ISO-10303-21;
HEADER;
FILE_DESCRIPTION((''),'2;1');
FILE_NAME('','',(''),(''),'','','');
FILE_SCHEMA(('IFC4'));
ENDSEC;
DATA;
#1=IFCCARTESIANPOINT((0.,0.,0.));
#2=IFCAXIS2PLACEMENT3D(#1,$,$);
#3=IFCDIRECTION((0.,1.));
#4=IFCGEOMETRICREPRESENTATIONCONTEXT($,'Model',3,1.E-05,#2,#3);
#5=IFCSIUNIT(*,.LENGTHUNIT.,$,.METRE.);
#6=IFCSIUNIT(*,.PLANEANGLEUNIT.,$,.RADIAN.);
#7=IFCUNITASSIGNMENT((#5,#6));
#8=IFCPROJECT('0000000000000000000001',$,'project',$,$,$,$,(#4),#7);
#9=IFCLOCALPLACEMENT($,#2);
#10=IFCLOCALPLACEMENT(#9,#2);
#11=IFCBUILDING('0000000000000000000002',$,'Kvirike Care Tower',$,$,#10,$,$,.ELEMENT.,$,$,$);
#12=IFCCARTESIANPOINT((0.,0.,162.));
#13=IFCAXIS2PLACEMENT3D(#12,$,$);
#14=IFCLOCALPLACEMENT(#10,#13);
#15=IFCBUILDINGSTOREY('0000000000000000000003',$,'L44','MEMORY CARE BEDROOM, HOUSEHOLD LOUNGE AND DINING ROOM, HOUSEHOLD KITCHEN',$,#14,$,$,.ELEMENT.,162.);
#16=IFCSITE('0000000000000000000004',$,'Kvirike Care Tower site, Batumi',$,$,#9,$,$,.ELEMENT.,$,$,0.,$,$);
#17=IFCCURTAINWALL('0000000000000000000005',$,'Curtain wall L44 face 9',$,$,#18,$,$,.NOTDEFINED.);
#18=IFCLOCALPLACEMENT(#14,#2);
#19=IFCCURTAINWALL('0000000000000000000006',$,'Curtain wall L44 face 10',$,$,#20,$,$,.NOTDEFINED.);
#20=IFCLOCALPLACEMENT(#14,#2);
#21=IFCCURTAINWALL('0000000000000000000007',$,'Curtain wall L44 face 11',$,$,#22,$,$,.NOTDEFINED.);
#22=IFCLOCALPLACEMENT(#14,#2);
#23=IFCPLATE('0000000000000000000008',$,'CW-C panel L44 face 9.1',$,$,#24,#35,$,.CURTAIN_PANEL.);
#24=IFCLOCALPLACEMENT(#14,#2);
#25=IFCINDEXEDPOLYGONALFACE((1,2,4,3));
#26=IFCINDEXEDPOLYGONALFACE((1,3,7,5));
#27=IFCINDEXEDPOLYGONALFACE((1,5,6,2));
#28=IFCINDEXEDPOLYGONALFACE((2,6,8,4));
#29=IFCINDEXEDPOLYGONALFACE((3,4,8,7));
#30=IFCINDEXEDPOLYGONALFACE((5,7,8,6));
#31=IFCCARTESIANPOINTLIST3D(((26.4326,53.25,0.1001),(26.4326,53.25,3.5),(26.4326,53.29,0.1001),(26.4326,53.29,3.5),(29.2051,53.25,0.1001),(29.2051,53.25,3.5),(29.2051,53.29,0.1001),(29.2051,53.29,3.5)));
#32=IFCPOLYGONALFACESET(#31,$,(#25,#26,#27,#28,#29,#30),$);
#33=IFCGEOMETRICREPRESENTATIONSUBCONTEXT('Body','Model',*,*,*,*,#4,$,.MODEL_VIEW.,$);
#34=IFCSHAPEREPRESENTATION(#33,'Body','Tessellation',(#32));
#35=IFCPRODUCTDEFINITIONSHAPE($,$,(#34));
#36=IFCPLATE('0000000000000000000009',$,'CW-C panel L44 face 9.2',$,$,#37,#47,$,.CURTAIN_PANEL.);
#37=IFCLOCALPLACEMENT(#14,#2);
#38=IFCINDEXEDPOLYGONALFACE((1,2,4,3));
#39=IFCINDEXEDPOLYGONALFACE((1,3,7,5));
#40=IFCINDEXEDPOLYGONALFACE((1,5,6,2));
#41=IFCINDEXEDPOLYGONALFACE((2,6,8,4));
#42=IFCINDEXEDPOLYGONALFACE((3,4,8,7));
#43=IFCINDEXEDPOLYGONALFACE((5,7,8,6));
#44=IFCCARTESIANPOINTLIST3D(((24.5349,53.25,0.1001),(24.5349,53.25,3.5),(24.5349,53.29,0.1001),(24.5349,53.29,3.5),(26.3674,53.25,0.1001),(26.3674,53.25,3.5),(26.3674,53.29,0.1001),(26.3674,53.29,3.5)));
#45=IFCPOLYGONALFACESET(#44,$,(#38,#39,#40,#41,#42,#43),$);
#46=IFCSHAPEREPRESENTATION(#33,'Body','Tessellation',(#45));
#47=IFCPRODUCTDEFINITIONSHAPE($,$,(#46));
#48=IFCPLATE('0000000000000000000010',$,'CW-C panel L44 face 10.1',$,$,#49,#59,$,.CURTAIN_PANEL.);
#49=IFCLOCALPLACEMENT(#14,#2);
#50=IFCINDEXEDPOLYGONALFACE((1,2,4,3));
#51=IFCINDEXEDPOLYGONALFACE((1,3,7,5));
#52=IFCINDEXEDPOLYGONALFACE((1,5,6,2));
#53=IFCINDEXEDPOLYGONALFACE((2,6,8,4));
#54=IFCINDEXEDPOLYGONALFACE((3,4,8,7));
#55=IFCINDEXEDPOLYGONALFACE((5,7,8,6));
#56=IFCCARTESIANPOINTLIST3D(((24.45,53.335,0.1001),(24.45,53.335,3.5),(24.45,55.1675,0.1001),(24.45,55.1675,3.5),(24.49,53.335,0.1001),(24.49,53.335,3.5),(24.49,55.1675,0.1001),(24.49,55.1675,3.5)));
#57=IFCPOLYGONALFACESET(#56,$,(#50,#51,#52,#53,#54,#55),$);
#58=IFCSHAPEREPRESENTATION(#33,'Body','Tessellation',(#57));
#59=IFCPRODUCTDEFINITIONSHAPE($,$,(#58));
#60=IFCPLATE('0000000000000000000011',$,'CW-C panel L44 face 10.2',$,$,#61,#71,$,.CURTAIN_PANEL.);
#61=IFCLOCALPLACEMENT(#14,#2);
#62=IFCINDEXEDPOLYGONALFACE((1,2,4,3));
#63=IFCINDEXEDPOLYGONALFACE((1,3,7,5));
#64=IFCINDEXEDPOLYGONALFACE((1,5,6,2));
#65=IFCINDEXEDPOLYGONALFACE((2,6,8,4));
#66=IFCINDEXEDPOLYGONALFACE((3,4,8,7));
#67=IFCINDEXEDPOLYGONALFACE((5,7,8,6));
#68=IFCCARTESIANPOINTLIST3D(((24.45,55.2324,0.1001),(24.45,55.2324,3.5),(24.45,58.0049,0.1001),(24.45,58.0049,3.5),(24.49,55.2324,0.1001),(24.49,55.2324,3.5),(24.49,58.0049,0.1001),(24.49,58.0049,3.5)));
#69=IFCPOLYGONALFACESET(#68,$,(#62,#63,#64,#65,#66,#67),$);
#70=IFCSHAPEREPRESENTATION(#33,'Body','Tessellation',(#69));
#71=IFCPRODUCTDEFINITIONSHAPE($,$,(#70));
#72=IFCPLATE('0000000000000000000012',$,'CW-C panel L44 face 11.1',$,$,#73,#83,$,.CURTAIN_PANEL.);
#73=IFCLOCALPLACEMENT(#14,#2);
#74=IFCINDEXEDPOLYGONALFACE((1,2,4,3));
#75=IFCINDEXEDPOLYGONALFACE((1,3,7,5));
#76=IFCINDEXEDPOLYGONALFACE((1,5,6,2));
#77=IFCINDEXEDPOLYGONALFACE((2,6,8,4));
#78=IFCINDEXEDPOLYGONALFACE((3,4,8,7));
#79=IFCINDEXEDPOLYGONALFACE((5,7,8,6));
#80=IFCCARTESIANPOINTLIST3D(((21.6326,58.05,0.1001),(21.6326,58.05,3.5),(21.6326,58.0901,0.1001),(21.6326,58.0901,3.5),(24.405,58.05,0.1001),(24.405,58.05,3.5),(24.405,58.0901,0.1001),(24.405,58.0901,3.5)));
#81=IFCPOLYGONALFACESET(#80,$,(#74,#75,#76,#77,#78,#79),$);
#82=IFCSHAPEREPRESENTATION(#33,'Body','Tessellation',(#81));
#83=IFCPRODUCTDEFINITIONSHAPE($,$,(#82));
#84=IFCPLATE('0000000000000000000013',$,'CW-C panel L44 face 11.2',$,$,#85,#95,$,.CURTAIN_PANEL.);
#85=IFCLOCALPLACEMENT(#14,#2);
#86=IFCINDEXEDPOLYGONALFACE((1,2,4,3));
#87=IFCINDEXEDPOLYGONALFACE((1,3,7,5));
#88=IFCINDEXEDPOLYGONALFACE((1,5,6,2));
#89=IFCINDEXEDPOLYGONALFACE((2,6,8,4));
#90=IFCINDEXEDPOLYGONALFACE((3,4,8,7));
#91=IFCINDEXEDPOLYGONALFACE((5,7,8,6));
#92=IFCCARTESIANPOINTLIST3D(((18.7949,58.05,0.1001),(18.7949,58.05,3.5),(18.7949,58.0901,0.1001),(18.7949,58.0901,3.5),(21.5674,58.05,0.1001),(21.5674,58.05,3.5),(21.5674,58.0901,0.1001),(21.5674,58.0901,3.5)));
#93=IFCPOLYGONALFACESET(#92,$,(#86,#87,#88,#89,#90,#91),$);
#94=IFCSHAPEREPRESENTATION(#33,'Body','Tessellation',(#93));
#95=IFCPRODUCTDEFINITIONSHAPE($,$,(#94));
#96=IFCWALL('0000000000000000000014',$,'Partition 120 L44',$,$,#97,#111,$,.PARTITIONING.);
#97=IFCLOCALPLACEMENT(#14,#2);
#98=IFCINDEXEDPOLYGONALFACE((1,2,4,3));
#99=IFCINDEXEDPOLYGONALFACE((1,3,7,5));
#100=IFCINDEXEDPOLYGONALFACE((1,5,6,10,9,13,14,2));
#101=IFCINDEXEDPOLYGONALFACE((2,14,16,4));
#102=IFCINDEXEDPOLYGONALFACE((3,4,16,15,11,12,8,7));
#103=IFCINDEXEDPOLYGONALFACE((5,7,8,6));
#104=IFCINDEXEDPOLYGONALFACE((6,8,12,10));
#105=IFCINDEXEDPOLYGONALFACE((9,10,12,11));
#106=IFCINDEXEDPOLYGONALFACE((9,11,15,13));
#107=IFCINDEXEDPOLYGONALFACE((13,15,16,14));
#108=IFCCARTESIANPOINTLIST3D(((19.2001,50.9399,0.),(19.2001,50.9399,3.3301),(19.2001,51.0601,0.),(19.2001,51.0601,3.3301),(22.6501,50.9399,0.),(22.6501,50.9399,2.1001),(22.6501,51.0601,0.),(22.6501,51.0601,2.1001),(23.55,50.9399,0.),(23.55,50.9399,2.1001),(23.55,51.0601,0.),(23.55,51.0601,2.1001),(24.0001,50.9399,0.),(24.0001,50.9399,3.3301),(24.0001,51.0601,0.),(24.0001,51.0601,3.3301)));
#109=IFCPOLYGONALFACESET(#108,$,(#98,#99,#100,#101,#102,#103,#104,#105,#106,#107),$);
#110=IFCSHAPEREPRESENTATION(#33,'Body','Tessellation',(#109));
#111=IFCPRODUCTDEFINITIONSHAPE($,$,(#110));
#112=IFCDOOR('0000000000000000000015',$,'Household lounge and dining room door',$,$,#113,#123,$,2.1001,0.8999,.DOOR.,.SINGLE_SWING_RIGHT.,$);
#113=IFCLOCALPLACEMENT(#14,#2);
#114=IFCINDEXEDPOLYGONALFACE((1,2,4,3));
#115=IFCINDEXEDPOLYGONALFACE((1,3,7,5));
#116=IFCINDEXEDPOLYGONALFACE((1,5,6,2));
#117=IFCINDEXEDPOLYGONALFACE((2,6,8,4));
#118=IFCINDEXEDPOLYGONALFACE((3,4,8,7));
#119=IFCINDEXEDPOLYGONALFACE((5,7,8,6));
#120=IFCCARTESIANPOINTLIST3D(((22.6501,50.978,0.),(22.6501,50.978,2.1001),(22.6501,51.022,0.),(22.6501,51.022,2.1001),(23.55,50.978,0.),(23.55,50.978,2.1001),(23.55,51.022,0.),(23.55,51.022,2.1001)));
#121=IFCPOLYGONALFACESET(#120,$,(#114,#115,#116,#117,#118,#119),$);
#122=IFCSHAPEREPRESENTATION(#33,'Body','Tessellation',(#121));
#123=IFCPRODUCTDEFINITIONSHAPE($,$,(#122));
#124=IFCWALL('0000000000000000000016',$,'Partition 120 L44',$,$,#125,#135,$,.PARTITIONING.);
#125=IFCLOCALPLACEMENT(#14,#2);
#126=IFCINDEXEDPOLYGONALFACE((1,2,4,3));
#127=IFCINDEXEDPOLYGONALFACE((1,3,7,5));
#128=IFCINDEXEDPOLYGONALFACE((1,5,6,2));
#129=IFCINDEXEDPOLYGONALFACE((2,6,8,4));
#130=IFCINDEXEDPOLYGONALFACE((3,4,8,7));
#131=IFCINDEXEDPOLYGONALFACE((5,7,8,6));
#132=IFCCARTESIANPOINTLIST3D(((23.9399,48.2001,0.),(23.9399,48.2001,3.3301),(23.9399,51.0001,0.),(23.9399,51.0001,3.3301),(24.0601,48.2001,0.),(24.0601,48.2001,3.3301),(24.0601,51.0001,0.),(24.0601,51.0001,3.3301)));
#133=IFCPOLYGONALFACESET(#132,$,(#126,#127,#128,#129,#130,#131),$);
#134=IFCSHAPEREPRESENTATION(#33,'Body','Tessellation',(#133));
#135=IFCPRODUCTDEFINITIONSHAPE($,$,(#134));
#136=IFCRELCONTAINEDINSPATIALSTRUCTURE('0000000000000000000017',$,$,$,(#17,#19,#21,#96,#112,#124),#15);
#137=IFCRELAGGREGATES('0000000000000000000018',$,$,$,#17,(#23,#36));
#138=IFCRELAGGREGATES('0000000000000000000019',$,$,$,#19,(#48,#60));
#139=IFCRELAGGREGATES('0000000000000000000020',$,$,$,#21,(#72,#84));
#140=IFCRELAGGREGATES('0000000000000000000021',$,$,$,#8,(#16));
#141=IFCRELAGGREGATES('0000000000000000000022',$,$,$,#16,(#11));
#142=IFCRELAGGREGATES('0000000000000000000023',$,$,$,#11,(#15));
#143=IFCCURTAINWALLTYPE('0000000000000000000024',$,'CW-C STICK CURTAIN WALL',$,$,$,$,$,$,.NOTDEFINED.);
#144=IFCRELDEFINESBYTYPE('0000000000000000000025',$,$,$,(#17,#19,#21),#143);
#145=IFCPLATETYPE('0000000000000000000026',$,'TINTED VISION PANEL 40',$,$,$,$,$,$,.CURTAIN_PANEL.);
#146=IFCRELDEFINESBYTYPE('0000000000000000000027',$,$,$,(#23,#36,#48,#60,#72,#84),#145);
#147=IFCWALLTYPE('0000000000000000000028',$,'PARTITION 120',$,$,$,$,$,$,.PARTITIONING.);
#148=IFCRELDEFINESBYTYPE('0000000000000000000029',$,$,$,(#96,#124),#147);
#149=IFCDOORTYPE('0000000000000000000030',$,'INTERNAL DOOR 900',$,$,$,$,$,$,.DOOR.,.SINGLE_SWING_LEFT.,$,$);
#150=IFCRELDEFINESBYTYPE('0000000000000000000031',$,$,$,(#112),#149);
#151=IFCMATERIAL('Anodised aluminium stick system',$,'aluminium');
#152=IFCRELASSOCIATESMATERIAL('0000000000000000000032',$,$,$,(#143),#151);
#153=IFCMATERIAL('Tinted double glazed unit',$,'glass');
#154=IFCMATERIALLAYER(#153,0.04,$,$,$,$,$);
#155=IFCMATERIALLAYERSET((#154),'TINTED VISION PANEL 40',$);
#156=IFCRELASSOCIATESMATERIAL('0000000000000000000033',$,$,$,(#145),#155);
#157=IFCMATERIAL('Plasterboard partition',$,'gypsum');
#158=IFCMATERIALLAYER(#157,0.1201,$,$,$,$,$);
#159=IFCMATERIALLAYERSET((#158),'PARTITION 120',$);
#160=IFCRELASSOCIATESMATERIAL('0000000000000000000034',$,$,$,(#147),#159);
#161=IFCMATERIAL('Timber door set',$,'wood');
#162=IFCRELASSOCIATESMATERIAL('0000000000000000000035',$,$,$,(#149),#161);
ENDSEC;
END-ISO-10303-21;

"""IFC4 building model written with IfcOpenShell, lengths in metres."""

from ifc_helpers import new_model, si_unit, direction, frame, frame_2d, origin, origin_2d, place, context, subcontext, project, spatial, rectangle, extrude, material, layer, layer_set, type_object, element, fill, aggregate, save


model = new_model("IFC4")

# Units and contexts
model_context = context("Model", 3, precision=1e-05, world=origin(), true_north=direction((0.0, 1.0)))
body_context = subcontext(model_context, "Body", "Model", "MODEL_VIEW")
ifc_project = project(units=[si_unit("LENGTHUNIT", "METRE"), si_unit("PLANEANGLEUNIT", "RADIAN")], contexts=[model_context])

# Site, building, storey
site_placement = place(None, origin())
site = spatial("IfcSite", under=ifc_project, at=site_placement, Name="Kvirike Care Tower site, Batumi", CompositionType="ELEMENT", RefElevation=0.0)
building_placement = place(site_placement, origin())
building = spatial("IfcBuilding", under=site, at=building_placement, Name="Kvirike Care Tower", CompositionType="ELEMENT")
storey_placement = place(building_placement, frame((0.0, 0.0, 162.0)))
storey = spatial("IfcBuildingStorey", under=building, at=storey_placement, Name="L44", Description="MEMORY CARE BEDROOM, HOUSEHOLD LOUNGE AND DINING ROOM, HOUSEHOLD KITCHEN", CompositionType="ELEMENT", Elevation=162.0)

# Curtain walls
ifc_material_1 = material(Name="Anodised aluminium stick system", Category="aluminium")
curtain_wall_type = type_object("IfcCurtainWallType", Name="CW-C STICK CURTAIN WALL", PredefinedType="NOTDEFINED", material=ifc_material_1)
curtain_wall_1_placement = place(storey_placement, origin())
curtain_wall_1 = element("IfcCurtainWall", 1, at=curtain_wall_1_placement, inside=storey, type_object=curtain_wall_type, Name="Curtain wall L44 face 9", PredefinedType="NOTDEFINED")
curtain_wall_2_placement = place(storey_placement, origin())
curtain_wall_2 = element("IfcCurtainWall", 2, at=curtain_wall_2_placement, inside=storey, type_object=curtain_wall_type, Name="Curtain wall L44 face 10", PredefinedType="NOTDEFINED")
curtain_wall_3_placement = place(storey_placement, origin())
curtain_wall_3 = element("IfcCurtainWall", 3, at=curtain_wall_3_placement, inside=storey, type_object=curtain_wall_type, Name="Curtain wall L44 face 11", PredefinedType="NOTDEFINED")

# Plates
ifc_material_2 = material(Name="Tinted double glazed unit", Category="glass")
ifc_layer_1 = layer(ifc_material_2, 0.04)
ifc_layer_set_1 = layer_set([ifc_layer_1], Name="TINTED VISION PANEL 40")
plate_type = type_object("IfcPlateType", Name="TINTED VISION PANEL 40", PredefinedType="CURTAIN_PANEL", material=ifc_layer_set_1)
plate_1_placement = place(storey_placement, frame((27.8188, 53.27, 0.1001), z_axis=(0.0, 0.0, 1.0), x_axis=(-1.0, 0.0, 0.0)))
plate_1 = element("IfcPlate", 4, at=plate_1_placement, type_object=plate_type, Name="CW-C panel L44 face 9.1", PredefinedType="CURTAIN_PANEL", context=body_context, shape_type="SweptSolid", body=[
    extrude(rectangle(XDim=2.7725, YDim=0.04, at=origin_2d()), origin(), (0.0, 0.0, 1.0), 3.3999),
])
plate_2_placement = place(storey_placement, frame((25.4512, 53.27, 0.1001), z_axis=(0.0, 0.0, 1.0), x_axis=(-1.0, 0.0, 0.0)))
plate_2 = element("IfcPlate", 5, at=plate_2_placement, type_object=plate_type, Name="CW-C panel L44 face 9.2", PredefinedType="CURTAIN_PANEL", context=body_context, shape_type="SweptSolid", body=[
    extrude(rectangle(XDim=1.8325, YDim=0.04, at=origin_2d()), origin(), (0.0, 0.0, 1.0), 3.3999),
])
aggregate(curtain_wall_1, [plate_1, plate_2])
plate_3_placement = place(storey_placement, frame((24.47, 54.2512, 0.1001), z_axis=(0.0, 0.0, 1.0), x_axis=(0.0, 1.0, 0.0)))
plate_3 = element("IfcPlate", 6, at=plate_3_placement, type_object=plate_type, Name="CW-C panel L44 face 10.1", PredefinedType="CURTAIN_PANEL", context=body_context, shape_type="SweptSolid", body=[
    extrude(rectangle(XDim=1.8325, YDim=0.04, at=origin_2d()), origin(), (0.0, 0.0, 1.0), 3.3999),
])
plate_4_placement = place(storey_placement, frame((24.47, 56.6187, 0.1001), z_axis=(0.0, 0.0, 1.0), x_axis=(0.0, 1.0, 0.0)))
plate_4 = element("IfcPlate", 7, at=plate_4_placement, type_object=plate_type, Name="CW-C panel L44 face 10.2", PredefinedType="CURTAIN_PANEL", context=body_context, shape_type="SweptSolid", body=[
    extrude(rectangle(XDim=2.7725, YDim=0.04, at=origin_2d()), origin(), (0.0, 0.0, 1.0), 3.3999),
])
aggregate(curtain_wall_2, [plate_3, plate_4])
plate_5_placement = place(storey_placement, frame((23.0188, 58.0701, 0.1001), z_axis=(0.0, 0.0, 1.0), x_axis=(-1.0, 0.0, 0.0)))
plate_5 = element("IfcPlate", 8, at=plate_5_placement, type_object=plate_type, Name="CW-C panel L44 face 11.1", PredefinedType="CURTAIN_PANEL", context=body_context, shape_type="SweptSolid", body=[
    extrude(rectangle(XDim=2.7725, YDim=0.04, at=origin_2d()), origin(), (0.0, 0.0, 1.0), 3.3999),
])
plate_6_placement = place(storey_placement, frame((20.1812, 58.0701, 0.1001), z_axis=(0.0, 0.0, 1.0), x_axis=(-1.0, 0.0, 0.0)))
plate_6 = element("IfcPlate", 9, at=plate_6_placement, type_object=plate_type, Name="CW-C panel L44 face 11.2", PredefinedType="CURTAIN_PANEL", context=body_context, shape_type="SweptSolid", body=[
    extrude(rectangle(XDim=2.7725, YDim=0.04, at=origin_2d()), origin(), (0.0, 0.0, 1.0), 3.3999),
])
aggregate(curtain_wall_3, [plate_5, plate_6])

# Wall, opening, door
ifc_material_3 = material(Name="Plasterboard partition", Category="gypsum")
ifc_layer_2 = layer(ifc_material_3, 0.1201)
ifc_layer_set_2 = layer_set([ifc_layer_2], Name="PARTITION 120")
wall_type = type_object("IfcWallType", Name="PARTITION 120", PredefinedType="PARTITIONING", material=ifc_layer_set_2)
wall_1_placement = place(storey_placement, frame((24.0, 51.0, 0.0), z_axis=(0.0, 0.0, 1.0), x_axis=(-1.0, 0.0, 0.0)))
wall_1 = element("IfcWall", 10, at=wall_1_placement, inside=storey, type_object=wall_type, Name="Partition 120 L44", PredefinedType="PARTITIONING", context=body_context, shape_type="SweptSolid", body=[
    extrude(rectangle(XDim=4.8, YDim=0.1201, at=frame_2d((2.3999, 0.0))), origin(), (0.0, 0.0, 1.0), 3.3301),
])
opening_placement = place(wall_1_placement, frame((0.45, 0.0, 0.0)))
opening = element("IfcOpeningElement", 11, at=opening_placement, cuts=wall_1, PredefinedType="OPENING", context=body_context, shape_type="SweptSolid", body=[
    extrude(rectangle(XDim=0.8999, YDim=2.1001, at=frame_2d((0.45, 1.05))), frame((0.0, 0.0706, 0.0), z_axis=(0.0, -1.0, 0.0), x_axis=(1.0, 0.0, 0.0)), (0.0, 0.0, 1.0), 0.1411),
])
ifc_material_4 = material(Name="Timber door set", Category="wood")
door_type = type_object("IfcDoorType", Name="INTERNAL DOOR 900", OperationType="SINGLE_SWING_LEFT", PredefinedType="DOOR", material=ifc_material_4)
door_placement = place(opening_placement, origin())
door = element("IfcDoor", 12, at=door_placement, inside=storey, type_object=door_type, Name="Household lounge and dining room door", OperationType="SINGLE_SWING_RIGHT", OverallHeight=2.1001, OverallWidth=0.8999, PredefinedType="DOOR", context=body_context, shape_type="SweptSolid", body=[
    extrude(rectangle(XDim=0.8999, YDim=2.1001, at=frame_2d((0.45, 1.05))), frame((0.0, 0.022, 0.0), z_axis=(0.0, -1.0, 0.0), x_axis=(1.0, 0.0, 0.0)), (0.0, 0.0, 1.0), 0.0439),
])
fill(opening, door)

# Wall
wall_2_placement = place(storey_placement, frame((24.0, 51.0, 0.0), z_axis=(0.0, 0.0, 1.0), x_axis=(0.0, -1.0, 0.0)))
element("IfcWall", 13, at=wall_2_placement, inside=storey, type_object=wall_type, Name="Partition 120 L44", PredefinedType="PARTITIONING", context=body_context, shape_type="SweptSolid", body=[
    extrude(rectangle(XDim=2.8, YDim=0.1201, at=frame_2d((1.3999, 0.0))), origin(), (0.0, 0.0, 1.0), 3.3301),
])

save(model, "model.ifc")
